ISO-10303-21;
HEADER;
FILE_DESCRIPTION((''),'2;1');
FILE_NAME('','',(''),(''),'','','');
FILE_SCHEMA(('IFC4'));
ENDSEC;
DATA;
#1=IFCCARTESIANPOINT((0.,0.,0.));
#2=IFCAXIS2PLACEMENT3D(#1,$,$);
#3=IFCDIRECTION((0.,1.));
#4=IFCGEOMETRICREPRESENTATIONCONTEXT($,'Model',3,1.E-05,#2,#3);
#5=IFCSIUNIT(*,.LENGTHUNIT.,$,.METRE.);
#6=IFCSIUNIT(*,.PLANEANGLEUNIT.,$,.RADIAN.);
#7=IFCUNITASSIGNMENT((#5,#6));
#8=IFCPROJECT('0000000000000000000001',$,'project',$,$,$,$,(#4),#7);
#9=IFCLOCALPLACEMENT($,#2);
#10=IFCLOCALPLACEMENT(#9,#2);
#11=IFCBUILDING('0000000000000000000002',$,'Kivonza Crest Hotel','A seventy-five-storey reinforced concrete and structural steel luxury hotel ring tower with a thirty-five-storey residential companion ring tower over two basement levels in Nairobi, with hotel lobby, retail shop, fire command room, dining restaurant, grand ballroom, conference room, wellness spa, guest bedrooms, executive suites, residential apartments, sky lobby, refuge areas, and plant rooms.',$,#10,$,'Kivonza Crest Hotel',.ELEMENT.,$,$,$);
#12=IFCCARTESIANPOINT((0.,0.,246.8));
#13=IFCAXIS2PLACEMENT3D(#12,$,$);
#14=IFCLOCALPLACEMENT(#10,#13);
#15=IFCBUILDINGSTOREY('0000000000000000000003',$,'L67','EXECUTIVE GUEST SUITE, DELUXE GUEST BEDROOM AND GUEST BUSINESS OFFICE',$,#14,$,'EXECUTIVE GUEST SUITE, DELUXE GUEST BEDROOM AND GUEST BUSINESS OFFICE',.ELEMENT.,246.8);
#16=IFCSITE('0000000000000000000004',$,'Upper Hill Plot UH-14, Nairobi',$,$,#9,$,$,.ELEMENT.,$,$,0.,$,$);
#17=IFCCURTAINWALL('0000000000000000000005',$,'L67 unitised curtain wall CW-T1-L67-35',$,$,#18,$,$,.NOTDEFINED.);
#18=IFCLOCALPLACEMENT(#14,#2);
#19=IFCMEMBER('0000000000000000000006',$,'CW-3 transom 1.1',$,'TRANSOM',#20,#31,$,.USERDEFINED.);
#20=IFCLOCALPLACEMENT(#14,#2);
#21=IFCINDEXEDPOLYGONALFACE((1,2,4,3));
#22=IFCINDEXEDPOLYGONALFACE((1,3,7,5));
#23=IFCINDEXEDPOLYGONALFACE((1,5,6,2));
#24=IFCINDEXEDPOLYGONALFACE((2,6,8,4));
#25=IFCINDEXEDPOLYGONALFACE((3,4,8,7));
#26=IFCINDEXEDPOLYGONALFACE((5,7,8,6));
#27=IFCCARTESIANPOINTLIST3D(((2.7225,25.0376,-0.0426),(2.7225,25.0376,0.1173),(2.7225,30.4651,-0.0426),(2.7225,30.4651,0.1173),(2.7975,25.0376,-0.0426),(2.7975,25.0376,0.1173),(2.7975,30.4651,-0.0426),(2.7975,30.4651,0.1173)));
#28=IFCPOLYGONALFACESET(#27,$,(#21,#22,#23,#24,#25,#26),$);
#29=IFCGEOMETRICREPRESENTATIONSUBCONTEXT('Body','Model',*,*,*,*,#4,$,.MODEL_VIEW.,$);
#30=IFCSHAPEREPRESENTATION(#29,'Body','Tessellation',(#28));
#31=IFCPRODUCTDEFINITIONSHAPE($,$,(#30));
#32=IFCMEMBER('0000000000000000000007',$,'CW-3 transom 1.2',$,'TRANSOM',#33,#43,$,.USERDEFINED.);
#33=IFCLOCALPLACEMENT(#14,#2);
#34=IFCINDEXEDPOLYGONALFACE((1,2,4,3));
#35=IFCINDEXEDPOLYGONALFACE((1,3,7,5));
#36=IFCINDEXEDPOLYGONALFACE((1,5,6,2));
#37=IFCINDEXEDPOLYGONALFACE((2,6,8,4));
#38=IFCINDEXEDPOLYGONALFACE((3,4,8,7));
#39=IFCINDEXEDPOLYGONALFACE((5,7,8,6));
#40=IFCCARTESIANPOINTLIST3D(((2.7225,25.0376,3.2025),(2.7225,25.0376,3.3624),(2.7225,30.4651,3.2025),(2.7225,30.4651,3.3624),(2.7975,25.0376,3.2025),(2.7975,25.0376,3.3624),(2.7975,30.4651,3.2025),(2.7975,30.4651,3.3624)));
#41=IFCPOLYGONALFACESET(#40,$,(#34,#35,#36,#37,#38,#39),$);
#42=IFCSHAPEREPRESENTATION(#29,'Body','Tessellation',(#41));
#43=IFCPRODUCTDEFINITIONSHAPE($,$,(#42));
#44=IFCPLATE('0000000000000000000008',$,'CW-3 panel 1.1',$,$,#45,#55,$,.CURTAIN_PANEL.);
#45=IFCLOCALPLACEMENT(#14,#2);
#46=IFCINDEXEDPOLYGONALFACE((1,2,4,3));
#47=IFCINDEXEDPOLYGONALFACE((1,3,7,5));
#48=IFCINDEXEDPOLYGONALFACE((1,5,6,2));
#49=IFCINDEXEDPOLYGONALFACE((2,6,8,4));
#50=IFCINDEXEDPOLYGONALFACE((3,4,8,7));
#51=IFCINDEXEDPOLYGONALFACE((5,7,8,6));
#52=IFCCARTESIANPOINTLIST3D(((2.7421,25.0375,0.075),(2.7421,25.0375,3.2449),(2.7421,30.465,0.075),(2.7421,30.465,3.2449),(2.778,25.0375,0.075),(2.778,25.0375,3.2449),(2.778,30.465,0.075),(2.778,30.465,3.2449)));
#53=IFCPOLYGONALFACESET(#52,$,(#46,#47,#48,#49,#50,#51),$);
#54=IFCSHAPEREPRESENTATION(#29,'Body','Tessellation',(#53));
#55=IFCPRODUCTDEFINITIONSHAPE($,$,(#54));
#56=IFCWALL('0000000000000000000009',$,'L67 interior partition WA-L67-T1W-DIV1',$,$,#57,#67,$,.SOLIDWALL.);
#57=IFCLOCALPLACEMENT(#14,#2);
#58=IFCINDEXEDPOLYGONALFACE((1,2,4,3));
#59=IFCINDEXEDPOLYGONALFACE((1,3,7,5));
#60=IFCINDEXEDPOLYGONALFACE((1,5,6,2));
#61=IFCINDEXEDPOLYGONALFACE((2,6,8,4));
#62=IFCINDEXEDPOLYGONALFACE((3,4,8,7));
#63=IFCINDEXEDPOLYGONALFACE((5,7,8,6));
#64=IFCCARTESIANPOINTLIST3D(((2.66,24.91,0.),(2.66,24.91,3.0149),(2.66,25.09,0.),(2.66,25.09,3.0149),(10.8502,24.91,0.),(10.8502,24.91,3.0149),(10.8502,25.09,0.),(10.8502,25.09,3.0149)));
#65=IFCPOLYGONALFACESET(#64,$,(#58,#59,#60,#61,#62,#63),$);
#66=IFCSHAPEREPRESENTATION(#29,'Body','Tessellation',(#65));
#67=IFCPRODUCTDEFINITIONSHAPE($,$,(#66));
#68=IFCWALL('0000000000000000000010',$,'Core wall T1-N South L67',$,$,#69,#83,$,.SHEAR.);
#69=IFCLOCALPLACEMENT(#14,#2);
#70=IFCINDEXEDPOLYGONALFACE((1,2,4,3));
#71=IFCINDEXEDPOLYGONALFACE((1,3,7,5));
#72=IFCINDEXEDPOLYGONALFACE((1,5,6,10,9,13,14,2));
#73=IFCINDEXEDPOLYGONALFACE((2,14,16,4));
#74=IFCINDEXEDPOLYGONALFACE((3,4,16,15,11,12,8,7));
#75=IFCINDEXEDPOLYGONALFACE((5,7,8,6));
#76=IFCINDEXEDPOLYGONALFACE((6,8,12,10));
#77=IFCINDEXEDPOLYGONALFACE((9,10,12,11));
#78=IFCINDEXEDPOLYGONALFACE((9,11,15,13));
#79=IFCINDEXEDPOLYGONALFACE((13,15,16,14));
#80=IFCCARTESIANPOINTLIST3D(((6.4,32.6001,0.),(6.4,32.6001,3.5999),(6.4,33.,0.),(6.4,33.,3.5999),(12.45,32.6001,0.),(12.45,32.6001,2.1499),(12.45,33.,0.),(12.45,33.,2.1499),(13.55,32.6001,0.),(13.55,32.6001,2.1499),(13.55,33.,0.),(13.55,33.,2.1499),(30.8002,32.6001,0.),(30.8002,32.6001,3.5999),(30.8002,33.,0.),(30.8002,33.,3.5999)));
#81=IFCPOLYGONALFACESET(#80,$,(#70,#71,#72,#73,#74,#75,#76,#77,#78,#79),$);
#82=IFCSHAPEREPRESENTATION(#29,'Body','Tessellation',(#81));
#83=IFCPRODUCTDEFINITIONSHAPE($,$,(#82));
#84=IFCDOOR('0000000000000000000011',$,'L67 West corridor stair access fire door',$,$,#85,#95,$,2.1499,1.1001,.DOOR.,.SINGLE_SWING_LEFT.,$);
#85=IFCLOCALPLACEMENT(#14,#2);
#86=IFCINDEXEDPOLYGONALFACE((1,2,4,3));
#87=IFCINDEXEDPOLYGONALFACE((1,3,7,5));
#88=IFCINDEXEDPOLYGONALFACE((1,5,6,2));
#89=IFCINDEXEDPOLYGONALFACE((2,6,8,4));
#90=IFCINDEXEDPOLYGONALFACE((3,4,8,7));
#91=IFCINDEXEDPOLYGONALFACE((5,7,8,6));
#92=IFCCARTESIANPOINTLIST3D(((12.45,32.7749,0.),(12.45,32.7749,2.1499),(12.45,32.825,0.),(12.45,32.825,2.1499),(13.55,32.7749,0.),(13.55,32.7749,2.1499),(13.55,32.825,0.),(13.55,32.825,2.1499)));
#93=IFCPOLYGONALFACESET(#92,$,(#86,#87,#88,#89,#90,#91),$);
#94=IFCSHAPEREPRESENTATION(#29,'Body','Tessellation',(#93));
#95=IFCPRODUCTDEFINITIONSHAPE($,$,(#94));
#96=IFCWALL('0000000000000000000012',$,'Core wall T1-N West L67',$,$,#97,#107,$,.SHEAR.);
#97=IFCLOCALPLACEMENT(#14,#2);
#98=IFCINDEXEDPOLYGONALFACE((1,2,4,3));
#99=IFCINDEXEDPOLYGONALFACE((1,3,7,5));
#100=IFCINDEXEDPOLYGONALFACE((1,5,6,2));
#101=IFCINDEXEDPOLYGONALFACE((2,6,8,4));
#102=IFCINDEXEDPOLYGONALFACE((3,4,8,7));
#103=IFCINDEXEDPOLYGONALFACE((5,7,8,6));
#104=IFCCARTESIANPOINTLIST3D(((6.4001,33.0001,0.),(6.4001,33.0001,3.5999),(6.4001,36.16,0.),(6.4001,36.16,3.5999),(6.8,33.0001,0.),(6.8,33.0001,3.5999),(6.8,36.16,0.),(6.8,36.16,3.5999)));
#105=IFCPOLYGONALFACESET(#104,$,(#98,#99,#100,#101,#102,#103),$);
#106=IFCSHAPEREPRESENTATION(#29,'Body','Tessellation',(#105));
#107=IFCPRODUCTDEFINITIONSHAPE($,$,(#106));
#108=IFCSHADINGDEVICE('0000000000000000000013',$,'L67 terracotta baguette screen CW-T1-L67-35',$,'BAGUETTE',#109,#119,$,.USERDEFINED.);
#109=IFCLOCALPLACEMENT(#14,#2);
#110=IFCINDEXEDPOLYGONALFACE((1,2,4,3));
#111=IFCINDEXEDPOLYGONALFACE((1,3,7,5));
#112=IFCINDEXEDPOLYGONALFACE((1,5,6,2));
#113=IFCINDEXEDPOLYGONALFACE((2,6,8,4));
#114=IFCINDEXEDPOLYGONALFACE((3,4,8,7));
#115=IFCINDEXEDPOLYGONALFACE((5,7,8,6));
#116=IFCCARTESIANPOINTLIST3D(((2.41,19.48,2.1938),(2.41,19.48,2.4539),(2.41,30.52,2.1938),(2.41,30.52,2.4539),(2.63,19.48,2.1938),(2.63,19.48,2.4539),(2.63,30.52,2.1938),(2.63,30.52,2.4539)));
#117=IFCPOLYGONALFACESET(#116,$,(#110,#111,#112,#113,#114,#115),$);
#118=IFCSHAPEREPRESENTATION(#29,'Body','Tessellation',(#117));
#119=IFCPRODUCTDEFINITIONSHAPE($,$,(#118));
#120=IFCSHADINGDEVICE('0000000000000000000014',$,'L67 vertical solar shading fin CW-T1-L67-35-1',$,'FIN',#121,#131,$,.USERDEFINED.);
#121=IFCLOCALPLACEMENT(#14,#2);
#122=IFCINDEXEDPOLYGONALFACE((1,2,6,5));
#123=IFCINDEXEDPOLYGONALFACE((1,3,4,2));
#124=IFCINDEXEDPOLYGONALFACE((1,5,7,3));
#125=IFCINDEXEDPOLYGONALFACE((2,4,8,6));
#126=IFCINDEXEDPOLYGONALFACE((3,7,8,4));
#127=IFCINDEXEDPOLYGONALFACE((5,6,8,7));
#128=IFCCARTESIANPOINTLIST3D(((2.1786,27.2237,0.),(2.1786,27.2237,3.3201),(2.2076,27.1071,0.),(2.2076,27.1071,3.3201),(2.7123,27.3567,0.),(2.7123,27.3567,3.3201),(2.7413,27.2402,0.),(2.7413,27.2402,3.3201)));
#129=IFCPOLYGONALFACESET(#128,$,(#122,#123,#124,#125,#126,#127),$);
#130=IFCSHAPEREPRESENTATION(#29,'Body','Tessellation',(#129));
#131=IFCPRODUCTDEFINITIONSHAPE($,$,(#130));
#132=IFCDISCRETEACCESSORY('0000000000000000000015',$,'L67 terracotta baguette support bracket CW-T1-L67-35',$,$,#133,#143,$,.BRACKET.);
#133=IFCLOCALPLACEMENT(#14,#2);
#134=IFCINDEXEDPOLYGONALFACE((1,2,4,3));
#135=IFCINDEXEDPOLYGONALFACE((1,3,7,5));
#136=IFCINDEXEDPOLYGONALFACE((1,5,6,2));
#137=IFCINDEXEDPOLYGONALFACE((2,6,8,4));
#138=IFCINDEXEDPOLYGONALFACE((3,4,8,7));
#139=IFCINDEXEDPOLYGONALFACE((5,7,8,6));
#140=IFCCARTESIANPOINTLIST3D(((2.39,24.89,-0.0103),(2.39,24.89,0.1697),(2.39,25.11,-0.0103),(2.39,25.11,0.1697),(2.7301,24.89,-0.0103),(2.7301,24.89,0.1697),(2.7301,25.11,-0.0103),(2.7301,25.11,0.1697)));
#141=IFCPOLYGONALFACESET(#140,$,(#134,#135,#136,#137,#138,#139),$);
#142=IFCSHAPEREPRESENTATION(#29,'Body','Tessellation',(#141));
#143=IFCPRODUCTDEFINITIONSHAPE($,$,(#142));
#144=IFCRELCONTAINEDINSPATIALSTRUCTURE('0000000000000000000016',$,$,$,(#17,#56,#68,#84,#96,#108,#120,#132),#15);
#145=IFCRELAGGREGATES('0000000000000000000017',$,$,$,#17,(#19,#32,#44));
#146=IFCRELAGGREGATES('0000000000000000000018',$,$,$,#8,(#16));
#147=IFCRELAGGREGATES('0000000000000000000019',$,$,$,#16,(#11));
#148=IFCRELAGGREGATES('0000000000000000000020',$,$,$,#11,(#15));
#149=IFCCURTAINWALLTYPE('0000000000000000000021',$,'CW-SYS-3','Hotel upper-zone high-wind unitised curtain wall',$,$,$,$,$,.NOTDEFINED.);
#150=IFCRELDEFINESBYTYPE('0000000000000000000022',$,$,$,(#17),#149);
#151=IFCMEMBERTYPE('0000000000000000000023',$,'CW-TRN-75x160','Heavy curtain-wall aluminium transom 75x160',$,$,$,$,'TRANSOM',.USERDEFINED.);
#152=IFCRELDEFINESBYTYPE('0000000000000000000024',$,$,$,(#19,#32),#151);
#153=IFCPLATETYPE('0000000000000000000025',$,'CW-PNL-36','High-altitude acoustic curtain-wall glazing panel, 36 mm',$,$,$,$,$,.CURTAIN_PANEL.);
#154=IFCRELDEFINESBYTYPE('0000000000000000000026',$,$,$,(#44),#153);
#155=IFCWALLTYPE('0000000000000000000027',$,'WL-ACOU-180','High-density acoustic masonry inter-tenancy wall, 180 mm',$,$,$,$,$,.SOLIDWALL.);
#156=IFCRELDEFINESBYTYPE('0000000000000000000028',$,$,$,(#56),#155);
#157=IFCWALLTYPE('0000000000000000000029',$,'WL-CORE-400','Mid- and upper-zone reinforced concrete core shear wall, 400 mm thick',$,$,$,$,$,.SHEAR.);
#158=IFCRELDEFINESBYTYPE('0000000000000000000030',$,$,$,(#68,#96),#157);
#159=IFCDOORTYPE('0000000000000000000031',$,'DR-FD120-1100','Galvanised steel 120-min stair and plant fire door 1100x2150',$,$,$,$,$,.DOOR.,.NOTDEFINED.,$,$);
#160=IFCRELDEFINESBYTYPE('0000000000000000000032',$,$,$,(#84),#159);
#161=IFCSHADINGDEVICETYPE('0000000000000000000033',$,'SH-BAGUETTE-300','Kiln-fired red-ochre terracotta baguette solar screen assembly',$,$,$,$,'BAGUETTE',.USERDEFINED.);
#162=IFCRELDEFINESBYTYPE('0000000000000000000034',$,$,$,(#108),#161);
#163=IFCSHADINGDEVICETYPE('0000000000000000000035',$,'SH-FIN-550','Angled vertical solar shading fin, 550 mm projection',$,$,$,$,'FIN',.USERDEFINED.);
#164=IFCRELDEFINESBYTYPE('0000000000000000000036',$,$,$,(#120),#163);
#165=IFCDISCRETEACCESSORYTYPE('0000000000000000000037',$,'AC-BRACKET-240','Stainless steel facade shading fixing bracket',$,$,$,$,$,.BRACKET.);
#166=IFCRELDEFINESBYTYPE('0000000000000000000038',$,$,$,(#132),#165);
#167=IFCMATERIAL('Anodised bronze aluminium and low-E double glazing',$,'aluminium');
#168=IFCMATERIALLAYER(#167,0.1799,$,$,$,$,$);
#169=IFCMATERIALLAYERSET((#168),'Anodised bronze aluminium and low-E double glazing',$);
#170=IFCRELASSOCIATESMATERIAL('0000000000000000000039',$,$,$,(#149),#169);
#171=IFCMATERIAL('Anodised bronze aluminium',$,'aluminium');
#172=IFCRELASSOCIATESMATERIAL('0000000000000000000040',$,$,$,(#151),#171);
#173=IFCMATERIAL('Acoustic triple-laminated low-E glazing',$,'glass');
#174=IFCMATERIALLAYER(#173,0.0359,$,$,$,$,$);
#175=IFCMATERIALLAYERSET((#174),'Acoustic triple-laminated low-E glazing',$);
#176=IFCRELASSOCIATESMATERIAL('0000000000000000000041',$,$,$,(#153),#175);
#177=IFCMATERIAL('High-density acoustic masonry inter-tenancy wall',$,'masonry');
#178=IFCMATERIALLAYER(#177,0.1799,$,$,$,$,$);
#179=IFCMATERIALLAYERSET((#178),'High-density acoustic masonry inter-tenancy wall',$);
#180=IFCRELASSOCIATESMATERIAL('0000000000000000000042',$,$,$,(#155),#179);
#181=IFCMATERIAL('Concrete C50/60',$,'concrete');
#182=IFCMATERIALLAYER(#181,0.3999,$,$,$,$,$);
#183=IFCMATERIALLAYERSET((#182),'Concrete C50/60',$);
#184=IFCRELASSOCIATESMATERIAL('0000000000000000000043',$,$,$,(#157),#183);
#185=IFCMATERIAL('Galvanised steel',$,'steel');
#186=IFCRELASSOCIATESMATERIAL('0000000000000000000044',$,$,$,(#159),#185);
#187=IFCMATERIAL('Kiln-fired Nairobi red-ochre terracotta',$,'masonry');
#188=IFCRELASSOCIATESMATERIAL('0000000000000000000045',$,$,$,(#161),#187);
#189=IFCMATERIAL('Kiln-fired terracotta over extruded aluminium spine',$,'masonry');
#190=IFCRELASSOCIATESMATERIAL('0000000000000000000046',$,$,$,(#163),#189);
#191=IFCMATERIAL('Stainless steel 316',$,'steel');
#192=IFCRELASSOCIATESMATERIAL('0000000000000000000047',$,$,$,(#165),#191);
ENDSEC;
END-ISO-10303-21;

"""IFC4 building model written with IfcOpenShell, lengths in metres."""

from ifc_helpers import new_model, si_unit, direction, frame, frame_2d, origin, origin_2d, place, context, subcontext, project, spatial, rectangle, extrude, material, layer, layer_set, material_profile, profile_set, type_object, element, fill, aggregate, save


model = new_model("IFC4")

# Units and contexts
model_context = context("Model", 3, precision=1e-05, world=origin(), true_north=direction((0.0, 1.0)))
body_context = subcontext(model_context, "Body", "Model", "MODEL_VIEW")
ifc_project = project(units=[si_unit("LENGTHUNIT", "METRE"), si_unit("PLANEANGLEUNIT", "RADIAN")], contexts=[model_context])

# Site, building, storey
site_placement = place(None, origin())
site = spatial("IfcSite", under=ifc_project, at=site_placement, Name="Upper Hill Plot UH-14, Nairobi", CompositionType="ELEMENT", RefElevation=0.0)
building_placement = place(site_placement, origin())
building = spatial("IfcBuilding", under=site, at=building_placement, Name="Kivonza Crest Hotel", Description="A seventy-five-storey reinforced concrete and structural steel luxury hotel ring tower with a thirty-five-storey residential companion ring tower over two basement levels in Nairobi, with hotel lobby, retail shop, fire command room, dining restaurant, grand ballroom, conference room, wellness spa, guest bedrooms, executive suites, residential apartments, sky lobby, refuge areas, and plant rooms.", LongName="Kivonza Crest Hotel", CompositionType="ELEMENT")
storey_placement = place(building_placement, frame((0.0, 0.0, 246.8)))
storey = spatial("IfcBuildingStorey", under=building, at=storey_placement, Name="L67", Description="EXECUTIVE GUEST SUITE, DELUXE GUEST BEDROOM AND GUEST BUSINESS OFFICE", LongName="EXECUTIVE GUEST SUITE, DELUXE GUEST BEDROOM AND GUEST BUSINESS OFFICE", CompositionType="ELEMENT", Elevation=246.8)

# Shared definitions
ifc_material_1 = material(Name="Concrete C50/60", Category="concrete")

# Curtain wall, members, plate
ifc_material_2 = material(Name="Anodised bronze aluminium and low-E double glazing", Category="aluminium")
ifc_layer_1 = layer(ifc_material_2, 0.1799)
ifc_layer_set_1 = layer_set([ifc_layer_1], Name="Anodised bronze aluminium and low-E double glazing")
curtain_wall_type = type_object("IfcCurtainWallType", Name="CW-SYS-3", Description="Hotel upper-zone high-wind unitised curtain wall", PredefinedType="NOTDEFINED", material=ifc_layer_set_1)
curtain_wall_placement = place(storey_placement, origin())
curtain_wall = element("IfcCurtainWall", 1, at=curtain_wall_placement, inside=storey, type_object=curtain_wall_type, Name="L67 unitised curtain wall CW-T1-L67-35", PredefinedType="NOTDEFINED")
ifc_material_3 = material(Name="Anodised bronze aluminium", Category="aluminium")
ifc_material_profile_1 = material_profile(ifc_material_3, rectangle(XDim=0.075, YDim=0.1599, at=origin_2d()), Name="CW-T 75x160")
ifc_profile_set_1 = profile_set([ifc_material_profile_1], Name="Anodised bronze aluminium")
member_type_1 = type_object("IfcMemberType", Name="CW-TRN-75x160", Description="Heavy curtain-wall aluminium transom 75x160", ElementType="TRANSOM", PredefinedType="USERDEFINED", material=ifc_profile_set_1)
member_1_placement = place(storey_placement, frame((2.76, 30.4651, 0.0374), z_axis=(0.0, -1.0, 0.0), x_axis=(1.0, 0.0, 0.0)))
member_1 = element("IfcMember", 2, at=member_1_placement, type_object=member_type_1, Name="CW-3 transom 1.1", ObjectType="TRANSOM", PredefinedType="USERDEFINED", context=body_context, shape_type="SweptSolid", body=[
    extrude(rectangle(XDim=0.075, YDim=0.1599, at=origin_2d()), origin(), (0.0, 0.0, 1.0), 5.4275),
])
member_2_placement = place(storey_placement, frame((2.76, 30.4651, 3.2825), z_axis=(0.0, -1.0, 0.0), x_axis=(1.0, 0.0, 0.0)))
member_2 = element("IfcMember", 3, at=member_2_placement, type_object=member_type_1, Name="CW-3 transom 1.2", ObjectType="TRANSOM", PredefinedType="USERDEFINED", context=body_context, shape_type="SweptSolid", body=[
    extrude(rectangle(XDim=0.075, YDim=0.1599, at=origin_2d()), origin(), (0.0, 0.0, 1.0), 5.4275),
])
ifc_material_4 = material(Name="Acoustic triple-laminated low-E glazing", Category="glass")
ifc_layer_2 = layer(ifc_material_4, 0.0359)
ifc_layer_set_2 = layer_set([ifc_layer_2], Name="Acoustic triple-laminated low-E glazing")
plate_type = type_object("IfcPlateType", Name="CW-PNL-36", Description="High-altitude acoustic curtain-wall glazing panel, 36 mm", PredefinedType="CURTAIN_PANEL", material=ifc_layer_set_2)
plate_placement = place(storey_placement, frame((2.76, 27.7512, 0.075), z_axis=(0.0, 0.0, 1.0), x_axis=(0.0, -1.0, 0.0)))
plate = element("IfcPlate", 4, at=plate_placement, type_object=plate_type, Name="CW-3 panel 1.1", PredefinedType="CURTAIN_PANEL", context=body_context, shape_type="SweptSolid", body=[
    extrude(rectangle(XDim=5.4275, YDim=0.0359, at=origin_2d()), origin(), (0.0, 0.0, 1.0), 3.1699),
])
aggregate(curtain_wall, [member_1, member_2, plate])

# Wall
ifc_material_5 = material(Name="High-density acoustic masonry inter-tenancy wall", Category="masonry")
ifc_layer_3 = layer(ifc_material_5, 0.1799)
ifc_layer_set_3 = layer_set([ifc_layer_3], Name="High-density acoustic masonry inter-tenancy wall")
wall_type_1 = type_object("IfcWallType", Name="WL-ACOU-180", Description="High-density acoustic masonry inter-tenancy wall, 180 mm", PredefinedType="SOLIDWALL", material=ifc_layer_set_3)
wall_1_placement = place(storey_placement, frame((2.6599, 25.0, 0.0), z_axis=(0.0, 0.0, 1.0), x_axis=(1.0, 0.0, 0.0)))
element("IfcWall", 5, at=wall_1_placement, inside=storey, type_object=wall_type_1, Name="L67 interior partition WA-L67-T1W-DIV1", PredefinedType="SOLIDWALL", context=body_context, shape_type="SweptSolid", body=[
    extrude(rectangle(XDim=8.1902, YDim=0.1799, at=frame_2d((4.0952, 0.0))), origin(), (0.0, 0.0, 1.0), 3.0149),
])

# Wall, opening, door
ifc_layer_4 = layer(ifc_material_1, 0.3999)
ifc_layer_set_4 = layer_set([ifc_layer_4], Name="Concrete C50/60")
wall_type_2 = type_object("IfcWallType", Name="WL-CORE-400", Description="Mid- and upper-zone reinforced concrete core shear wall, 400 mm thick", PredefinedType="SHEAR", material=ifc_layer_set_4)
wall_2_placement = place(storey_placement, frame((6.3999, 32.8, 0.0), z_axis=(0.0, 0.0, 1.0), x_axis=(1.0, 0.0, 0.0)))
wall_2 = element("IfcWall", 6, at=wall_2_placement, inside=storey, type_object=wall_type_2, Name="Core wall T1-N South L67", PredefinedType="SHEAR", context=body_context, shape_type="SweptSolid", body=[
    extrude(rectangle(XDim=24.4001, YDim=0.3999, at=frame_2d((12.2002, 0.0))), origin(), (0.0, 0.0, 1.0), 3.5999),
])
opening_placement = place(wall_2_placement, frame((6.05, 0.0, 0.0)))
opening = element("IfcOpeningElement", 7, at=opening_placement, cuts=wall_2, PredefinedType="OPENING", context=body_context, shape_type="SweptSolid", body=[
    extrude(rectangle(XDim=1.1001, YDim=2.1499, at=frame_2d((0.55, 1.075))), frame((0.0, 0.21, 0.0), z_axis=(0.0, -1.0, 0.0), x_axis=(1.0, 0.0, 0.0)), (0.0, 0.0, 1.0), 0.4199),
])
ifc_material_6 = material(Name="Galvanised steel", Category="steel")
door_type = type_object("IfcDoorType", Name="DR-FD120-1100", Description="Galvanised steel 120-min stair and plant fire door 1100x2150", OperationType="NOTDEFINED", PredefinedType="DOOR", material=ifc_material_6)
door_placement = place(opening_placement, origin())
door = element("IfcDoor", 8, at=door_placement, inside=storey, type_object=door_type, Name="L67 West corridor stair access fire door", OperationType="SINGLE_SWING_LEFT", OverallHeight=2.1499, OverallWidth=1.1001, PredefinedType="DOOR", context=body_context, shape_type="SweptSolid", body=[
    extrude(rectangle(XDim=1.1001, YDim=2.1499, at=frame_2d((0.55, 1.075))), frame((0.0, 0.0249, 0.0), z_axis=(0.0, -1.0, 0.0), x_axis=(1.0, 0.0, 0.0)), (0.0, 0.0, 1.0), 0.05),
])
fill(opening, door)

# Wall
wall_3_placement = place(storey_placement, frame((6.6001, 33.0, 0.0), z_axis=(0.0, 0.0, 1.0), x_axis=(0.0, 1.0, 0.0)))
element("IfcWall", 9, at=wall_3_placement, inside=storey, type_object=wall_type_2, Name="Core wall T1-N West L67", PredefinedType="SHEAR", context=body_context, shape_type="SweptSolid", body=[
    extrude(rectangle(XDim=3.1599, YDim=0.3999, at=frame_2d((1.5801, 0.0))), origin(), (0.0, 0.0, 1.0), 3.5999),
])

# Shading devices
ifc_material_7 = material(Name="Kiln-fired Nairobi red-ochre terracotta", Category="masonry")
shading_device_type_1 = type_object("IfcShadingDeviceType", Name="SH-BAGUETTE-300", Description="Kiln-fired red-ochre terracotta baguette solar screen assembly", ElementType="BAGUETTE", PredefinedType="USERDEFINED", material=ifc_material_7)
shading_device_1_placement = place(storey_placement, frame((2.52, 25.0, 2.1938), z_axis=(0.0, 0.0, 1.0), x_axis=(0.0, -1.0, 0.0)))
element("IfcShadingDevice", 10, at=shading_device_1_placement, inside=storey, type_object=shading_device_type_1, Name="L67 terracotta baguette screen CW-T1-L67-35", ObjectType="BAGUETTE", PredefinedType="USERDEFINED", context=body_context, shape_type="SweptSolid", body=[
    extrude(rectangle(XDim=11.04, YDim=0.22, at=origin_2d()), origin(), (0.0, 0.0, 1.0), 0.26),
])
ifc_material_8 = material(Name="Kiln-fired terracotta over extruded aluminium spine", Category="masonry")
shading_device_type_2 = type_object("IfcShadingDeviceType", Name="SH-FIN-550", Description="Angled vertical solar shading fin, 550 mm projection", ElementType="FIN", PredefinedType="USERDEFINED", material=ifc_material_8)
shading_device_2_placement = place(storey_placement, frame((2.46, 27.2319, 0.0), z_axis=(0.0, 0.0, 1.0), x_axis=(0.241922, -0.970296, 0.0)))
element("IfcShadingDevice", 11, at=shading_device_2_placement, inside=storey, type_object=shading_device_type_2, Name="L67 vertical solar shading fin CW-T1-L67-35-1", ObjectType="FIN", PredefinedType="USERDEFINED", context=body_context, shape_type="SweptSolid", body=[
    extrude(rectangle(XDim=0.1201, YDim=0.55, at=origin_2d()), origin(), (0.0, 0.0, 1.0), 3.3201),
])

# Discrete accessory
ifc_material_9 = material(Name="Stainless steel 316", Category="steel")
discrete_accessory_type = type_object("IfcDiscreteAccessoryType", Name="AC-BRACKET-240", Description="Stainless steel facade shading fixing bracket", PredefinedType="BRACKET", material=ifc_material_9)
discrete_accessory_placement = place(storey_placement, frame((2.5601, 25.0, -0.0103), z_axis=(0.0, 0.0, 1.0), x_axis=(0.0, -1.0, 0.0)))
element("IfcDiscreteAccessory", 12, at=discrete_accessory_placement, inside=storey, type_object=discrete_accessory_type, Name="L67 terracotta baguette support bracket CW-T1-L67-35", PredefinedType="BRACKET", context=body_context, shape_type="SweptSolid", body=[
    extrude(rectangle(XDim=0.22, YDim=0.3401, at=origin_2d()), origin(), (0.0, 0.0, 1.0), 0.1799),
])

save(model, "model.ifc")
